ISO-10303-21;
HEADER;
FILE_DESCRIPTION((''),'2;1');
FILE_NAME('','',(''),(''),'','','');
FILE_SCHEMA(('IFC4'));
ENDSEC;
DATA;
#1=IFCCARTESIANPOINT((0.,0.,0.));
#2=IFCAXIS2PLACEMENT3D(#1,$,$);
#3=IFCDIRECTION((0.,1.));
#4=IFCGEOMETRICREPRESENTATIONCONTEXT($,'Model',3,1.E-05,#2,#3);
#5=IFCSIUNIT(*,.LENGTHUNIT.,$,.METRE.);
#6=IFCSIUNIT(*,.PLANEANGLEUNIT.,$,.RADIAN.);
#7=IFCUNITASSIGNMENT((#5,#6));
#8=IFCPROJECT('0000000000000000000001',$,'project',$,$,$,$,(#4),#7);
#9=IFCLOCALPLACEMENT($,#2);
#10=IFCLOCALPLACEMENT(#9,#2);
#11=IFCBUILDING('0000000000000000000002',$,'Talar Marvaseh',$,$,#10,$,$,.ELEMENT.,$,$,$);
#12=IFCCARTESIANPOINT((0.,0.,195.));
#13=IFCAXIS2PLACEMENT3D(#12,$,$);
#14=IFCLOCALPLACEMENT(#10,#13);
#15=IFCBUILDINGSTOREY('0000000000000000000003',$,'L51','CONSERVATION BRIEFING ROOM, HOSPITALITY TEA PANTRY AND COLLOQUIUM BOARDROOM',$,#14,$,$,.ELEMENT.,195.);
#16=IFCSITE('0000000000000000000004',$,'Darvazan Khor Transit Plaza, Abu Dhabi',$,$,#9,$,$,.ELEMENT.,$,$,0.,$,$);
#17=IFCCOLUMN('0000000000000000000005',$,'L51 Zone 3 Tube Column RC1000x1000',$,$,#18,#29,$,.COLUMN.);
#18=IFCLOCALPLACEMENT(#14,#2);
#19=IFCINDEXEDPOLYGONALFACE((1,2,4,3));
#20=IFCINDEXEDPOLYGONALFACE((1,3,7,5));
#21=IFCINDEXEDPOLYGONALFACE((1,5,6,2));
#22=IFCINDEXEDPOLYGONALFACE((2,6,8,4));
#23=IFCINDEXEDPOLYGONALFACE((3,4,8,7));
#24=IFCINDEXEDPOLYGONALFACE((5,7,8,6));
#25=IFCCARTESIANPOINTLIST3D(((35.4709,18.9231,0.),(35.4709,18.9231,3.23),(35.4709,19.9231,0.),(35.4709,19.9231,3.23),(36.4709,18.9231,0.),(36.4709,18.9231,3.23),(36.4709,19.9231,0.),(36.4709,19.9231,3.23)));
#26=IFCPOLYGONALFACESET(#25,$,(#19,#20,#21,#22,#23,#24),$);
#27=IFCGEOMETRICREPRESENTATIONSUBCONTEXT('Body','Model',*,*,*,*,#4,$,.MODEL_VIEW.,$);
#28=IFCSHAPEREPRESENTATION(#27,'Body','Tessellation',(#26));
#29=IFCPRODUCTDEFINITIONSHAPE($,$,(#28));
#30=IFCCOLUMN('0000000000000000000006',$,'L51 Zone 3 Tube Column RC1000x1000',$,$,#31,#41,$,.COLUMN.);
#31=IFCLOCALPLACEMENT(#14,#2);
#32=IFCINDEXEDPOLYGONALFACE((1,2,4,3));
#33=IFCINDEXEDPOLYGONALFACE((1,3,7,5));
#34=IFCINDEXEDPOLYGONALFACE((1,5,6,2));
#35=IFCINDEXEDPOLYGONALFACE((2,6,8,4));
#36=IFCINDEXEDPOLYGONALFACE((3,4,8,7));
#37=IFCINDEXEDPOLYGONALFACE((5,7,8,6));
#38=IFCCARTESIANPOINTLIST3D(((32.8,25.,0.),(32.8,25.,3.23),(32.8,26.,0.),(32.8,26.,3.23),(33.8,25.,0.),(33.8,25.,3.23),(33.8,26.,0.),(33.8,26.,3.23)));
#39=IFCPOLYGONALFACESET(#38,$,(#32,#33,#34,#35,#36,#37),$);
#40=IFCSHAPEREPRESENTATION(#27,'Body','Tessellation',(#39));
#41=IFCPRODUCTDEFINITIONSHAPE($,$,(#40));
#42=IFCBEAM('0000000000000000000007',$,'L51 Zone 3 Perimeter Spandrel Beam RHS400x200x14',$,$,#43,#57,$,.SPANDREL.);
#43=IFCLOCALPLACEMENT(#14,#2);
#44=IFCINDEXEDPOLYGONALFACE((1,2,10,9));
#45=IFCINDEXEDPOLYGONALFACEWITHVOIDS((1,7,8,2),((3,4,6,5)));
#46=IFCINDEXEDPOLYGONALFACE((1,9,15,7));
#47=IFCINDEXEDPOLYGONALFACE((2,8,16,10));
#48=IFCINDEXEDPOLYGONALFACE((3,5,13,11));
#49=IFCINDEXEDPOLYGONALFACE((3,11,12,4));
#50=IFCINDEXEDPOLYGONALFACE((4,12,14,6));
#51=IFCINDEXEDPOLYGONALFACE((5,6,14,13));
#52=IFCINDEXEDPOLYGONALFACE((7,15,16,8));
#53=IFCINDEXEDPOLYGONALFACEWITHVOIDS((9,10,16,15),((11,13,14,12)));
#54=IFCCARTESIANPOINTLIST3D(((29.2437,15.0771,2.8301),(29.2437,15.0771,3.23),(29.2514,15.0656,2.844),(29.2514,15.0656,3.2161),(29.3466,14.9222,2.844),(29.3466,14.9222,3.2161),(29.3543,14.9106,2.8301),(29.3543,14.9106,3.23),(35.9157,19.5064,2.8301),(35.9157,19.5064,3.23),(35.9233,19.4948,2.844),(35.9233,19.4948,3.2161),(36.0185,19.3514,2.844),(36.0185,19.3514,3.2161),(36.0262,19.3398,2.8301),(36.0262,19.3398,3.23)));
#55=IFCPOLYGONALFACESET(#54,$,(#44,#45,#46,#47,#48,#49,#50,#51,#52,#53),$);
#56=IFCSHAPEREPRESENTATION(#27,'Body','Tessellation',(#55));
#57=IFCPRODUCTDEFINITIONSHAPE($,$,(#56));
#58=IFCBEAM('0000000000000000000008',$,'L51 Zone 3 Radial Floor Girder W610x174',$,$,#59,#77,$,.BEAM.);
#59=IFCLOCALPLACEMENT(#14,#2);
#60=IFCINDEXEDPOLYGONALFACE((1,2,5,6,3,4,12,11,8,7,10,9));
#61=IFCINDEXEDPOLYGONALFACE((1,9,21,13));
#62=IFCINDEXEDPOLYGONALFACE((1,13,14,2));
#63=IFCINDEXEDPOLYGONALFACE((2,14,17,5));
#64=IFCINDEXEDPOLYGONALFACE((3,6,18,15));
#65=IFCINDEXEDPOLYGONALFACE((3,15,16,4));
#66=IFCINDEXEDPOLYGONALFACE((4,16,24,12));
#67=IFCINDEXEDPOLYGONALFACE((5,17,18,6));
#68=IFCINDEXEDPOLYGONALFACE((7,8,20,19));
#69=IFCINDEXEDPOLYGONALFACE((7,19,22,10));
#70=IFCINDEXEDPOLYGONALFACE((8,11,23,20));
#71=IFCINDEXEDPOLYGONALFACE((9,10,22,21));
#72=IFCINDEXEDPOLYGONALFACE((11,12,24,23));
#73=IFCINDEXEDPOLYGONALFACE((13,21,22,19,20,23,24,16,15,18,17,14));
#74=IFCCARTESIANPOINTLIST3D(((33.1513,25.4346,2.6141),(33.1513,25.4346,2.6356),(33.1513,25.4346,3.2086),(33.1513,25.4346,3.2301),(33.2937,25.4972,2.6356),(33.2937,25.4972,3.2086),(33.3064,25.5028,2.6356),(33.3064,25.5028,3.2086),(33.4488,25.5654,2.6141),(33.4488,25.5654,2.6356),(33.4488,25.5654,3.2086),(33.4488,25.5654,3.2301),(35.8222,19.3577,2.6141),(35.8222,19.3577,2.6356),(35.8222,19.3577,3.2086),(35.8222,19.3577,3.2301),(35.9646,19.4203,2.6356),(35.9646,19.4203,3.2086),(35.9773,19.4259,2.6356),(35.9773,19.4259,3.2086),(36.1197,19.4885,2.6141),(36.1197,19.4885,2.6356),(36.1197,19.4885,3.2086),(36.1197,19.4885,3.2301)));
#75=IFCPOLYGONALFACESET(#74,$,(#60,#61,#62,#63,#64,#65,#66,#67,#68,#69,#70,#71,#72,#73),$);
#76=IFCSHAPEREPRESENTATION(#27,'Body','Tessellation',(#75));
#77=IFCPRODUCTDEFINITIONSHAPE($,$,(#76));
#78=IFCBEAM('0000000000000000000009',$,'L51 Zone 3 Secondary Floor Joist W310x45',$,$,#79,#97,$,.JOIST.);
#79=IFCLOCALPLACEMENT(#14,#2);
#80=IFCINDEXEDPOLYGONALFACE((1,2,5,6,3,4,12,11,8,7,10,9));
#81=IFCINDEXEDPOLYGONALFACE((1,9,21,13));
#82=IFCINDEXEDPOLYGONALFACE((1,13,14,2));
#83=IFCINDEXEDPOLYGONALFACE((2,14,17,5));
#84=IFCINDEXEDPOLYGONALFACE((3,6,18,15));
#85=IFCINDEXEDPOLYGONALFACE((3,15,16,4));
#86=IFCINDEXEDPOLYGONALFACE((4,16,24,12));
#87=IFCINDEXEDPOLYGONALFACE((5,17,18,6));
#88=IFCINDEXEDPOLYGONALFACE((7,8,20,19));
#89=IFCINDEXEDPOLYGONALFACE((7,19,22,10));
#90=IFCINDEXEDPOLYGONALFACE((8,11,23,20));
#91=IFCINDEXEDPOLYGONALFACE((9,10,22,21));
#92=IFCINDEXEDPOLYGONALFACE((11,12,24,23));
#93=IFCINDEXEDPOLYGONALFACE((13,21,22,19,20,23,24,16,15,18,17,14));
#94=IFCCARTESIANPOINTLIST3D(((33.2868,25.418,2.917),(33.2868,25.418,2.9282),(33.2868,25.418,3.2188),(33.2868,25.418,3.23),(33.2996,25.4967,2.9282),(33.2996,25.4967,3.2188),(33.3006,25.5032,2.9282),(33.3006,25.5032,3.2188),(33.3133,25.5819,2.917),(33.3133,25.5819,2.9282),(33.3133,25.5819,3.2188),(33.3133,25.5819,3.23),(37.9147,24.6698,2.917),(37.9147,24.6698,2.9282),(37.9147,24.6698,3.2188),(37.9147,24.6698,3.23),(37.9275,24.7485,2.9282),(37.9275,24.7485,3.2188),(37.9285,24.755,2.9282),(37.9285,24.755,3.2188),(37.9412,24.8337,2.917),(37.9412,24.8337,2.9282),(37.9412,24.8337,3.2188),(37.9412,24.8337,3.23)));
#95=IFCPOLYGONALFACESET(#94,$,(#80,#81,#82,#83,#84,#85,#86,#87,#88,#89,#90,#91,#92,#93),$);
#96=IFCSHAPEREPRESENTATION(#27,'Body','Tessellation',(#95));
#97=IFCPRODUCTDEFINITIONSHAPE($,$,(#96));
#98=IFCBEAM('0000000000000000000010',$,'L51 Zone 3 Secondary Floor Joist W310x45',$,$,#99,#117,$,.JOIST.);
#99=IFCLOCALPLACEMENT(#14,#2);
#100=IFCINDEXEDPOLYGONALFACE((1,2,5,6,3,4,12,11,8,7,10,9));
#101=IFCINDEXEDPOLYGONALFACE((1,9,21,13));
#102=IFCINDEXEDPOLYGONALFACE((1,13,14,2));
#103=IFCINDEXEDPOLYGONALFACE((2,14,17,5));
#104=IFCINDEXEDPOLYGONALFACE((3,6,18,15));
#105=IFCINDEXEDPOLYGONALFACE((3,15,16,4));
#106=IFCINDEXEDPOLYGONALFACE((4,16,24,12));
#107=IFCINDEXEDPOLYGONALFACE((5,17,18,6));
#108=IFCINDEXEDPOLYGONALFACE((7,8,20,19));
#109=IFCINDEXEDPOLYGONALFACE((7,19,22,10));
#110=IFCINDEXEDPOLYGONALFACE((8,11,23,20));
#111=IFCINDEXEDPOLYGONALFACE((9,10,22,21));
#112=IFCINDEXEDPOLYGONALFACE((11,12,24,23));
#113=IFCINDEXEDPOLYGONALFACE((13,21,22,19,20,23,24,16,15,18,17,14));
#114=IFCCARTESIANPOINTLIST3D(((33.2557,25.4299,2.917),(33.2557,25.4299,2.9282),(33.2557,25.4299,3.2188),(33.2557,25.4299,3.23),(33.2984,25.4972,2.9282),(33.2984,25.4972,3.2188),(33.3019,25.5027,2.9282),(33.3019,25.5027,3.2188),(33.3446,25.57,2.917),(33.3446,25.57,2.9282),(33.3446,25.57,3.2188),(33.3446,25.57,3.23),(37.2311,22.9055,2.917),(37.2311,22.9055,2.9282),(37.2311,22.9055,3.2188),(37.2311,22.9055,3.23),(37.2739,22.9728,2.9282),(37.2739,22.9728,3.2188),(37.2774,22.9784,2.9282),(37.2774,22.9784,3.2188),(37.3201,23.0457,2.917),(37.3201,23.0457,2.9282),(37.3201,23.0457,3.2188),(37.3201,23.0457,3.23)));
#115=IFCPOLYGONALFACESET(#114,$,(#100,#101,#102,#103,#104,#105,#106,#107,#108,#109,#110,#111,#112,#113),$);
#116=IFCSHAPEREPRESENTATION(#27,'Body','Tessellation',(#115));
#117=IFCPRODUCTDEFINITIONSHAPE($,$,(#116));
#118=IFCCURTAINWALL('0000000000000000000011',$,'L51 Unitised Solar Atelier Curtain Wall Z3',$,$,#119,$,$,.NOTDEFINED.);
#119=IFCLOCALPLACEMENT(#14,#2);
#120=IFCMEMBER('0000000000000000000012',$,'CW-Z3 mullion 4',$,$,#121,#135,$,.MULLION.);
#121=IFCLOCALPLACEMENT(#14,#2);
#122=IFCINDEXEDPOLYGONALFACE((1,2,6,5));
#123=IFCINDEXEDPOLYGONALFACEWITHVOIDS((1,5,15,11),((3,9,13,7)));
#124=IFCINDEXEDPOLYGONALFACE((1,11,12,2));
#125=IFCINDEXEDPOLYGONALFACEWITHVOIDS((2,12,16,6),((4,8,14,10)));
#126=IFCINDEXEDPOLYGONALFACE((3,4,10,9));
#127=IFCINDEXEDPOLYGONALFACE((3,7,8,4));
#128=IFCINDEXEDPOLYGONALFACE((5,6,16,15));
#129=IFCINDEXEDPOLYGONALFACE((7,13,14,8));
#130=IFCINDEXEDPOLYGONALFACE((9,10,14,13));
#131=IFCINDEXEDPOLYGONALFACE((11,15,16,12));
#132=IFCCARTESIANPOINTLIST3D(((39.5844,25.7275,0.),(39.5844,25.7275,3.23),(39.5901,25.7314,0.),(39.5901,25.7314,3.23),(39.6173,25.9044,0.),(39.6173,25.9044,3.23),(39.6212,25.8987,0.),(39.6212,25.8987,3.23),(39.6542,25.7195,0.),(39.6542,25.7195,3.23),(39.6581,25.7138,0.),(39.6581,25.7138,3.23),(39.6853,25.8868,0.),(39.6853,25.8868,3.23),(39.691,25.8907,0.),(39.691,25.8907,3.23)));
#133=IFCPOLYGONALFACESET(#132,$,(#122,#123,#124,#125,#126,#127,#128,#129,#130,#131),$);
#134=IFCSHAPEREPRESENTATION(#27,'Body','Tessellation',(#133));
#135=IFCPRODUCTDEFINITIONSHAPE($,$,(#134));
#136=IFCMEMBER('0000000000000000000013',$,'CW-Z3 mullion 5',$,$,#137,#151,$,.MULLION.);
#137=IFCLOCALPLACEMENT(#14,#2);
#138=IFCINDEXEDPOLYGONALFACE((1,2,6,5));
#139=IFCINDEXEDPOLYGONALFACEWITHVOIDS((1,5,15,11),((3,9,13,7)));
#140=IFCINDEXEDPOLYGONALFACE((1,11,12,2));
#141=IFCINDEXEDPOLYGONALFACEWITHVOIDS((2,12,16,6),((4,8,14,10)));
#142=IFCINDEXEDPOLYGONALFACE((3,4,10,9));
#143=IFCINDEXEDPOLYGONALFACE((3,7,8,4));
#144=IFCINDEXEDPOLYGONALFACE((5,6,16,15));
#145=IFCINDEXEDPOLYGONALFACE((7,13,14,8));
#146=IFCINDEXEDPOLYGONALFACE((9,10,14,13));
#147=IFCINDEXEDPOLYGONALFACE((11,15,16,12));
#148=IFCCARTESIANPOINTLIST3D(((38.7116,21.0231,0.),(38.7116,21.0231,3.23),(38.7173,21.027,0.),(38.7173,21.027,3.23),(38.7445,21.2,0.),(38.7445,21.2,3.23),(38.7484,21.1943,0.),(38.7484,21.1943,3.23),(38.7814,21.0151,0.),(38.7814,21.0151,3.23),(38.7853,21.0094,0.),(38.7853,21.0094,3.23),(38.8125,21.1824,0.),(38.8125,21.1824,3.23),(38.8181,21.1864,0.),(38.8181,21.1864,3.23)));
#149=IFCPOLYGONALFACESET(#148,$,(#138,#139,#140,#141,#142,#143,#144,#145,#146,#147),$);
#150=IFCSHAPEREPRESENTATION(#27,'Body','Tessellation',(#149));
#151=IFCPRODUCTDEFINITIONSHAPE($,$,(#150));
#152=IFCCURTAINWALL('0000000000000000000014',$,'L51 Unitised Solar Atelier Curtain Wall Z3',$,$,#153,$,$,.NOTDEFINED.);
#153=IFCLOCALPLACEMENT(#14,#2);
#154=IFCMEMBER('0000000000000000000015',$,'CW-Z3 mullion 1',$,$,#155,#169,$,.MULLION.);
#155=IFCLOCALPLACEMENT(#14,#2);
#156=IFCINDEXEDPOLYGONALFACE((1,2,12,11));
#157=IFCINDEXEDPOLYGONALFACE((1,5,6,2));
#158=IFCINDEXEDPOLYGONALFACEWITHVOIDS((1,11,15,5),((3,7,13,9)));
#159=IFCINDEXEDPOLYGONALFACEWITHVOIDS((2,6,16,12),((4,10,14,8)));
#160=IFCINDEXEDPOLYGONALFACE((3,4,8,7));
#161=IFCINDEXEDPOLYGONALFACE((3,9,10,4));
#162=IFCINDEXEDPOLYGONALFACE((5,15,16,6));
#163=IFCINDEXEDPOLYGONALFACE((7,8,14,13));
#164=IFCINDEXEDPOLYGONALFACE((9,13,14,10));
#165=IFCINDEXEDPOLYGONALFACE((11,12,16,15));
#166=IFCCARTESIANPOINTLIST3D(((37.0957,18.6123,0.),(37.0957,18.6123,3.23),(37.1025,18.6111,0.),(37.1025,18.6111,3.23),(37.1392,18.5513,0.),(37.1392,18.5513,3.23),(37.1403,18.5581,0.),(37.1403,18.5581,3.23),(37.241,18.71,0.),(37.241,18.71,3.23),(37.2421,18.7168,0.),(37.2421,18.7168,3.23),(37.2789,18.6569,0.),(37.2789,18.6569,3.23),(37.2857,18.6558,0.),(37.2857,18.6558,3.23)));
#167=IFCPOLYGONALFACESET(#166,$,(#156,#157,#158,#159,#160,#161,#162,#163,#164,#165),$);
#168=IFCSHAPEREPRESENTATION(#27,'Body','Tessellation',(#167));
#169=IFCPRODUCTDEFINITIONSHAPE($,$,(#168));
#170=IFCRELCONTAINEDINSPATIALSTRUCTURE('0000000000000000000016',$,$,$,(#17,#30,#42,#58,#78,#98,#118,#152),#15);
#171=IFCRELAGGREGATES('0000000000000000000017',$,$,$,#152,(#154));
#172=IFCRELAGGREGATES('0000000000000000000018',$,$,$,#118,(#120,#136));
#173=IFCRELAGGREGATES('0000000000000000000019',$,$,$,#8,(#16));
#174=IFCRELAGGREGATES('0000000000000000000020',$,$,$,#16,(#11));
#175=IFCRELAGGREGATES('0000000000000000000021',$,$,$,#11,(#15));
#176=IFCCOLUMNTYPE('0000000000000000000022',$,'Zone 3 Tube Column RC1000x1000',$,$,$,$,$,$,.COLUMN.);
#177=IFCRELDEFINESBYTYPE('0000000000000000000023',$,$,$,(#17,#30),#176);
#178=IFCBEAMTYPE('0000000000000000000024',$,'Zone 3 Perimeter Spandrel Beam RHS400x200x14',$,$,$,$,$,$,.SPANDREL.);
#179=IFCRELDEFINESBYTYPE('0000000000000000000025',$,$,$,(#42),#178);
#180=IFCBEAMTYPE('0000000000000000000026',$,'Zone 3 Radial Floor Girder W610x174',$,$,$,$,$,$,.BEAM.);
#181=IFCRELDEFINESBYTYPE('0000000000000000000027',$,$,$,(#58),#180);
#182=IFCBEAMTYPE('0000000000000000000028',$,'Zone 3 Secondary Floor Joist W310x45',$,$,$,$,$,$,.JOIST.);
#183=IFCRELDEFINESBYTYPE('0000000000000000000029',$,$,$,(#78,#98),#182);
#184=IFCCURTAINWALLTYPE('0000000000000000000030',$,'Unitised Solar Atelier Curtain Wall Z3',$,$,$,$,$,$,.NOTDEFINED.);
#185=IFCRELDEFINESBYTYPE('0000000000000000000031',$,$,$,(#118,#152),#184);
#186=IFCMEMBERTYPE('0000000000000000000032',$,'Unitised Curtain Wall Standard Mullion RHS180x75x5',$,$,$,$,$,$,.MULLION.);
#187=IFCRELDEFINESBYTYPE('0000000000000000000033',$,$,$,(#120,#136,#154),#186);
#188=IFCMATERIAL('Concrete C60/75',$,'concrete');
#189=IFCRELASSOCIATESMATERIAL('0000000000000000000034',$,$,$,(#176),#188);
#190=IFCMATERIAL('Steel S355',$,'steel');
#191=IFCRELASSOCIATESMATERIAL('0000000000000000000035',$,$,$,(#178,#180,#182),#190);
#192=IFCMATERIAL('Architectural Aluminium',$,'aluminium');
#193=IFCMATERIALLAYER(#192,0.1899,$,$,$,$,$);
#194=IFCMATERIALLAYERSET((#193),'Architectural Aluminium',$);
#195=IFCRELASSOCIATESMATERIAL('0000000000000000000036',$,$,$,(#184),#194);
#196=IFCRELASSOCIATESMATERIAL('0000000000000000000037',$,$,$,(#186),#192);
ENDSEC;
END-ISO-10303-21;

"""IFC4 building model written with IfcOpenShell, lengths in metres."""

from ifc_helpers import new_model, si_unit, direction, frame, origin, origin_2d, place, context, subcontext, project, spatial, rectangle, hollow_rectangle, i_section, extrude, source, transform, mapped, material, layer, layer_set, material_profile, profile_set, type_object, type_shapes, element, aggregate, save


model = new_model("IFC4")

# Units and contexts
model_context = context("Model", 3, precision=1e-05, world=origin(), true_north=direction((0.0, 1.0)))
body_context = subcontext(model_context, "Body", "Model", "MODEL_VIEW")
ifc_project = project(units=[si_unit("LENGTHUNIT", "METRE"), si_unit("PLANEANGLEUNIT", "RADIAN")], contexts=[model_context])

# Site, building, storey
site_placement = place(None, origin())
site = spatial("IfcSite", under=ifc_project, at=site_placement, Name="Darvazan Khor Transit Plaza, Abu Dhabi", CompositionType="ELEMENT", RefElevation=0.0)
building_placement = place(site_placement, origin())
building = spatial("IfcBuilding", under=site, at=building_placement, Name="Talar Marvaseh", CompositionType="ELEMENT")
storey_placement = place(building_placement, frame((0.0, 0.0, 195.0)))
storey = spatial("IfcBuildingStorey", under=building, at=storey_placement, Name="L51", Description="CONSERVATION BRIEFING ROOM, HOSPITALITY TEA PANTRY AND COLLOQUIUM BOARDROOM", CompositionType="ELEMENT", Elevation=195.0)

# Columns
ifc_material_1 = material(Name="Concrete C60/75", Category="concrete")
ifc_material_profile_1 = material_profile(ifc_material_1, rectangle(XDim=1.0, YDim=1.0, at=origin_2d()), Name="RC1000x1000")
ifc_profile_set_1 = profile_set([ifc_material_profile_1], Name="Concrete C60/75")
column_type = type_object("IfcColumnType", Name="Zone 3 Tube Column RC1000x1000", PredefinedType="COLUMN", material=ifc_profile_set_1)
for number, where, z_axis, x_axis, name in (
    (1, (35.9709, 19.4231, 0.0), (0.0, 0.0, 1.0), (1.0, 0.0, 0.0), "L51 Zone 3 Tube Column RC1000x1000"),
    (2, (33.3, 25.5, 0.0), (0.0, 0.0, 1.0), (1.0, 0.0, 0.0), "L51 Zone 3 Tube Column RC1000x1000"),
):
    element("IfcColumn", number, at=place(storey_placement, frame(where, z_axis=z_axis, x_axis=x_axis)), inside=storey, type_object=column_type, Name=name, PredefinedType="COLUMN", context=body_context, shape_type="SweptSolid", body=[
        extrude(rectangle(XDim=1.0, YDim=1.0, at=origin_2d()), origin(), (0.0, 0.0, 1.0), 3.23),
    ])

# Beams
ifc_material_2 = material(Name="Steel S355", Category="steel")
ifc_material_profile_2 = material_profile(ifc_material_2, hollow_rectangle(XDim=0.2, YDim=0.3999, WallThickness=0.0139, at=origin_2d()), Name="RHS400x200x14")
ifc_profile_set_2 = profile_set([ifc_material_profile_2], Name="Steel S355")
beam_type_1 = type_object("IfcBeamType", Name="Zone 3 Perimeter Spandrel Beam RHS400x200x14", PredefinedType="SPANDREL", material=ifc_profile_set_2)
beam_1_placement = place(storey_placement, frame((35.9709, 19.4231, 3.03), z_axis=(-0.833127, -0.553081, 0.0), x_axis=(0.553081, -0.833127, 0.0)))
element("IfcBeam", 3, at=beam_1_placement, inside=storey, type_object=beam_type_1, Name="L51 Zone 3 Perimeter Spandrel Beam RHS400x200x14", PredefinedType="SPANDREL", context=body_context, shape_type="SweptSolid", body=[
    extrude(hollow_rectangle(XDim=0.2, YDim=0.3999, WallThickness=0.0139, at=origin_2d()), origin(), (0.0, 0.0, 1.0), 8.0083),
])
ifc_material_profile_3 = material_profile(ifc_material_2, i_section(OverallWidth=0.325, OverallDepth=0.616, WebThickness=0.0139, FlangeThickness=0.0215, at=origin_2d()), Name="W610x174")
ifc_profile_set_3 = profile_set([ifc_material_profile_3], Name="Steel S355")
beam_type_2 = type_object("IfcBeamType", Name="Zone 3 Radial Floor Girder W610x174", PredefinedType="BEAM", material=ifc_profile_set_3)
beam_2_placement = place(storey_placement, frame((35.9709, 19.4231, 2.9221), z_axis=(-0.402368, 0.915478, 0.0), x_axis=(-0.915478, -0.402368, 0.0)))
element("IfcBeam", 4, at=beam_2_placement, inside=storey, type_object=beam_type_2, Name="L51 Zone 3 Radial Floor Girder W610x174", PredefinedType="BEAM", context=body_context, shape_type="SweptSolid", body=[
    extrude(i_section(OverallWidth=0.325, OverallDepth=0.616, WebThickness=0.0139, FlangeThickness=0.0215, at=origin_2d()), origin(), (0.0, 0.0, 1.0), 6.6379),
])
ifc_material_profile_4 = material_profile(ifc_material_2, i_section(OverallWidth=0.166, OverallDepth=0.313, WebThickness=0.0066, FlangeThickness=0.0112, at=origin_2d()), Name="W310x45")
ifc_profile_set_4 = profile_set([ifc_material_profile_4], Name="Steel S355")
beam_type_3 = type_object("IfcBeamType", Name="Zone 3 Secondary Floor Joist W310x45", PredefinedType="JOIST", material=ifc_profile_set_4)
beam_3_placement = place(storey_placement, frame((37.928, 24.7517, 3.0735), z_axis=(-0.987179, 0.159617, 0.0), x_axis=(-0.159617, -0.987179, 0.0)))
element("IfcBeam", 5, at=beam_3_placement, inside=storey, type_object=beam_type_3, Name="L51 Zone 3 Secondary Floor Joist W310x45", PredefinedType="JOIST", context=body_context, shape_type="SweptSolid", body=[
    extrude(i_section(OverallWidth=0.166, OverallDepth=0.313, WebThickness=0.0066, FlangeThickness=0.0112, at=origin_2d()), origin(), (0.0, 0.0, 1.0), 4.688),
])
beam_4_placement = place(storey_placement, frame((37.2756, 22.9756, 3.0735), z_axis=(-0.84419, 0.536043, 0.0), x_axis=(-0.536043, -0.84419, 0.0)))
element("IfcBeam", 6, at=beam_4_placement, inside=storey, type_object=beam_type_3, Name="L51 Zone 3 Secondary Floor Joist W310x45", PredefinedType="JOIST", context=body_context, shape_type="SweptSolid", body=[
    extrude(i_section(OverallWidth=0.166, OverallDepth=0.313, WebThickness=0.0066, FlangeThickness=0.0112, at=origin_2d()), origin(), (0.0, 0.0, 1.0), 4.7092),
])

# Curtain wall, members
ifc_material_3 = material(Name="Architectural Aluminium", Category="aluminium")
ifc_layer_1 = layer(ifc_material_3, 0.1899)
ifc_layer_set_1 = layer_set([ifc_layer_1], Name="Architectural Aluminium")
curtain_wall_type = type_object("IfcCurtainWallType", Name="Unitised Solar Atelier Curtain Wall Z3", PredefinedType="NOTDEFINED", material=ifc_layer_set_1)
curtain_wall_1_placement = place(storey_placement, origin())
curtain_wall_1 = element("IfcCurtainWall", 7, at=curtain_wall_1_placement, inside=storey, type_object=curtain_wall_type, Name="L51 Unitised Solar Atelier Curtain Wall Z3", PredefinedType="NOTDEFINED")
ifc_material_profile_5 = material_profile(ifc_material_3, hollow_rectangle(XDim=0.075, YDim=0.1799, WallThickness=0.0049, at=origin_2d()), Name="RHS180x75x5")
ifc_profile_set_5 = profile_set([ifc_material_profile_5], Name="Architectural Aluminium")
member_type_1 = type_object("IfcMemberType", Name="Unitised Curtain Wall Standard Mullion RHS180x75x5", PredefinedType="MULLION", material=ifc_profile_set_5)
shared_shape_1 = source(origin(), body_context, "Body", "SweptSolid", [
    extrude(hollow_rectangle(XDim=0.075, YDim=0.1799, WallThickness=0.0049, at=origin_2d()), origin(), (0.0, 0.0, 1.0), 3.23),
])
type_shapes(member_type_1, [shared_shape_1])
member_1_placement = place(storey_placement, frame((39.6377, 25.8091, 0.0), z_axis=(0.0, 0.0, 1.0), x_axis=(0.983227, -0.182387, 0.0)))
member_1 = element("IfcMember", 8, at=member_1_placement, type_object=member_type_1, Name="CW-Z3 mullion 4", PredefinedType="MULLION", context=body_context, shape_type="MappedRepresentation", body=[
    mapped(shared_shape_1, transform((0.0, 0.0, 0.0), x_axis=(1.0, 0.0, 0.0), y_axis=(0.0, 1.0, 0.0), z_axis=(0.0, 0.0, 1.0), scale=1.0)),
])
member_2_placement = place(storey_placement, frame((38.7649, 21.1047, 0.0), z_axis=(0.0, 0.0, 1.0), x_axis=(0.983227, -0.182387, 0.0)))
member_2 = element("IfcMember", 9, at=member_2_placement, type_object=member_type_1, Name="CW-Z3 mullion 5", PredefinedType="MULLION", context=body_context, shape_type="MappedRepresentation", body=[
    mapped(shared_shape_1, transform((0.0, 0.0, 0.0), x_axis=(1.0, 0.0, 0.0), y_axis=(0.0, 1.0, 0.0), z_axis=(0.0, 0.0, 1.0), scale=1.0)),
])

# Curtain wall, member
curtain_wall_2_placement = place(storey_placement, origin())
curtain_wall_2 = element("IfcCurtainWall", 10, at=curtain_wall_2_placement, inside=storey, type_object=curtain_wall_type, Name="L51 Unitised Solar Atelier Curtain Wall Z3", PredefinedType="NOTDEFINED")
member_3_placement = place(storey_placement, frame((37.1907, 18.634, 0.0), z_axis=(0.0, 0.0, 1.0), x_axis=(0.580831, -0.814024, 0.0)))
member_3 = element("IfcMember", 11, at=member_3_placement, type_object=member_type_1, Name="CW-Z3 mullion 1", PredefinedType="MULLION", context=body_context, shape_type="MappedRepresentation", body=[
    mapped(shared_shape_1, transform((0.0, 0.0, 0.0), x_axis=(1.0, 0.0, 0.0), y_axis=(0.0, 1.0, 0.0), z_axis=(0.0, 0.0, 1.0), scale=1.0)),
])

aggregate(curtain_wall_2, [member_3])

aggregate(curtain_wall_1, [member_1, member_2])

save(model, "model.ifc")
